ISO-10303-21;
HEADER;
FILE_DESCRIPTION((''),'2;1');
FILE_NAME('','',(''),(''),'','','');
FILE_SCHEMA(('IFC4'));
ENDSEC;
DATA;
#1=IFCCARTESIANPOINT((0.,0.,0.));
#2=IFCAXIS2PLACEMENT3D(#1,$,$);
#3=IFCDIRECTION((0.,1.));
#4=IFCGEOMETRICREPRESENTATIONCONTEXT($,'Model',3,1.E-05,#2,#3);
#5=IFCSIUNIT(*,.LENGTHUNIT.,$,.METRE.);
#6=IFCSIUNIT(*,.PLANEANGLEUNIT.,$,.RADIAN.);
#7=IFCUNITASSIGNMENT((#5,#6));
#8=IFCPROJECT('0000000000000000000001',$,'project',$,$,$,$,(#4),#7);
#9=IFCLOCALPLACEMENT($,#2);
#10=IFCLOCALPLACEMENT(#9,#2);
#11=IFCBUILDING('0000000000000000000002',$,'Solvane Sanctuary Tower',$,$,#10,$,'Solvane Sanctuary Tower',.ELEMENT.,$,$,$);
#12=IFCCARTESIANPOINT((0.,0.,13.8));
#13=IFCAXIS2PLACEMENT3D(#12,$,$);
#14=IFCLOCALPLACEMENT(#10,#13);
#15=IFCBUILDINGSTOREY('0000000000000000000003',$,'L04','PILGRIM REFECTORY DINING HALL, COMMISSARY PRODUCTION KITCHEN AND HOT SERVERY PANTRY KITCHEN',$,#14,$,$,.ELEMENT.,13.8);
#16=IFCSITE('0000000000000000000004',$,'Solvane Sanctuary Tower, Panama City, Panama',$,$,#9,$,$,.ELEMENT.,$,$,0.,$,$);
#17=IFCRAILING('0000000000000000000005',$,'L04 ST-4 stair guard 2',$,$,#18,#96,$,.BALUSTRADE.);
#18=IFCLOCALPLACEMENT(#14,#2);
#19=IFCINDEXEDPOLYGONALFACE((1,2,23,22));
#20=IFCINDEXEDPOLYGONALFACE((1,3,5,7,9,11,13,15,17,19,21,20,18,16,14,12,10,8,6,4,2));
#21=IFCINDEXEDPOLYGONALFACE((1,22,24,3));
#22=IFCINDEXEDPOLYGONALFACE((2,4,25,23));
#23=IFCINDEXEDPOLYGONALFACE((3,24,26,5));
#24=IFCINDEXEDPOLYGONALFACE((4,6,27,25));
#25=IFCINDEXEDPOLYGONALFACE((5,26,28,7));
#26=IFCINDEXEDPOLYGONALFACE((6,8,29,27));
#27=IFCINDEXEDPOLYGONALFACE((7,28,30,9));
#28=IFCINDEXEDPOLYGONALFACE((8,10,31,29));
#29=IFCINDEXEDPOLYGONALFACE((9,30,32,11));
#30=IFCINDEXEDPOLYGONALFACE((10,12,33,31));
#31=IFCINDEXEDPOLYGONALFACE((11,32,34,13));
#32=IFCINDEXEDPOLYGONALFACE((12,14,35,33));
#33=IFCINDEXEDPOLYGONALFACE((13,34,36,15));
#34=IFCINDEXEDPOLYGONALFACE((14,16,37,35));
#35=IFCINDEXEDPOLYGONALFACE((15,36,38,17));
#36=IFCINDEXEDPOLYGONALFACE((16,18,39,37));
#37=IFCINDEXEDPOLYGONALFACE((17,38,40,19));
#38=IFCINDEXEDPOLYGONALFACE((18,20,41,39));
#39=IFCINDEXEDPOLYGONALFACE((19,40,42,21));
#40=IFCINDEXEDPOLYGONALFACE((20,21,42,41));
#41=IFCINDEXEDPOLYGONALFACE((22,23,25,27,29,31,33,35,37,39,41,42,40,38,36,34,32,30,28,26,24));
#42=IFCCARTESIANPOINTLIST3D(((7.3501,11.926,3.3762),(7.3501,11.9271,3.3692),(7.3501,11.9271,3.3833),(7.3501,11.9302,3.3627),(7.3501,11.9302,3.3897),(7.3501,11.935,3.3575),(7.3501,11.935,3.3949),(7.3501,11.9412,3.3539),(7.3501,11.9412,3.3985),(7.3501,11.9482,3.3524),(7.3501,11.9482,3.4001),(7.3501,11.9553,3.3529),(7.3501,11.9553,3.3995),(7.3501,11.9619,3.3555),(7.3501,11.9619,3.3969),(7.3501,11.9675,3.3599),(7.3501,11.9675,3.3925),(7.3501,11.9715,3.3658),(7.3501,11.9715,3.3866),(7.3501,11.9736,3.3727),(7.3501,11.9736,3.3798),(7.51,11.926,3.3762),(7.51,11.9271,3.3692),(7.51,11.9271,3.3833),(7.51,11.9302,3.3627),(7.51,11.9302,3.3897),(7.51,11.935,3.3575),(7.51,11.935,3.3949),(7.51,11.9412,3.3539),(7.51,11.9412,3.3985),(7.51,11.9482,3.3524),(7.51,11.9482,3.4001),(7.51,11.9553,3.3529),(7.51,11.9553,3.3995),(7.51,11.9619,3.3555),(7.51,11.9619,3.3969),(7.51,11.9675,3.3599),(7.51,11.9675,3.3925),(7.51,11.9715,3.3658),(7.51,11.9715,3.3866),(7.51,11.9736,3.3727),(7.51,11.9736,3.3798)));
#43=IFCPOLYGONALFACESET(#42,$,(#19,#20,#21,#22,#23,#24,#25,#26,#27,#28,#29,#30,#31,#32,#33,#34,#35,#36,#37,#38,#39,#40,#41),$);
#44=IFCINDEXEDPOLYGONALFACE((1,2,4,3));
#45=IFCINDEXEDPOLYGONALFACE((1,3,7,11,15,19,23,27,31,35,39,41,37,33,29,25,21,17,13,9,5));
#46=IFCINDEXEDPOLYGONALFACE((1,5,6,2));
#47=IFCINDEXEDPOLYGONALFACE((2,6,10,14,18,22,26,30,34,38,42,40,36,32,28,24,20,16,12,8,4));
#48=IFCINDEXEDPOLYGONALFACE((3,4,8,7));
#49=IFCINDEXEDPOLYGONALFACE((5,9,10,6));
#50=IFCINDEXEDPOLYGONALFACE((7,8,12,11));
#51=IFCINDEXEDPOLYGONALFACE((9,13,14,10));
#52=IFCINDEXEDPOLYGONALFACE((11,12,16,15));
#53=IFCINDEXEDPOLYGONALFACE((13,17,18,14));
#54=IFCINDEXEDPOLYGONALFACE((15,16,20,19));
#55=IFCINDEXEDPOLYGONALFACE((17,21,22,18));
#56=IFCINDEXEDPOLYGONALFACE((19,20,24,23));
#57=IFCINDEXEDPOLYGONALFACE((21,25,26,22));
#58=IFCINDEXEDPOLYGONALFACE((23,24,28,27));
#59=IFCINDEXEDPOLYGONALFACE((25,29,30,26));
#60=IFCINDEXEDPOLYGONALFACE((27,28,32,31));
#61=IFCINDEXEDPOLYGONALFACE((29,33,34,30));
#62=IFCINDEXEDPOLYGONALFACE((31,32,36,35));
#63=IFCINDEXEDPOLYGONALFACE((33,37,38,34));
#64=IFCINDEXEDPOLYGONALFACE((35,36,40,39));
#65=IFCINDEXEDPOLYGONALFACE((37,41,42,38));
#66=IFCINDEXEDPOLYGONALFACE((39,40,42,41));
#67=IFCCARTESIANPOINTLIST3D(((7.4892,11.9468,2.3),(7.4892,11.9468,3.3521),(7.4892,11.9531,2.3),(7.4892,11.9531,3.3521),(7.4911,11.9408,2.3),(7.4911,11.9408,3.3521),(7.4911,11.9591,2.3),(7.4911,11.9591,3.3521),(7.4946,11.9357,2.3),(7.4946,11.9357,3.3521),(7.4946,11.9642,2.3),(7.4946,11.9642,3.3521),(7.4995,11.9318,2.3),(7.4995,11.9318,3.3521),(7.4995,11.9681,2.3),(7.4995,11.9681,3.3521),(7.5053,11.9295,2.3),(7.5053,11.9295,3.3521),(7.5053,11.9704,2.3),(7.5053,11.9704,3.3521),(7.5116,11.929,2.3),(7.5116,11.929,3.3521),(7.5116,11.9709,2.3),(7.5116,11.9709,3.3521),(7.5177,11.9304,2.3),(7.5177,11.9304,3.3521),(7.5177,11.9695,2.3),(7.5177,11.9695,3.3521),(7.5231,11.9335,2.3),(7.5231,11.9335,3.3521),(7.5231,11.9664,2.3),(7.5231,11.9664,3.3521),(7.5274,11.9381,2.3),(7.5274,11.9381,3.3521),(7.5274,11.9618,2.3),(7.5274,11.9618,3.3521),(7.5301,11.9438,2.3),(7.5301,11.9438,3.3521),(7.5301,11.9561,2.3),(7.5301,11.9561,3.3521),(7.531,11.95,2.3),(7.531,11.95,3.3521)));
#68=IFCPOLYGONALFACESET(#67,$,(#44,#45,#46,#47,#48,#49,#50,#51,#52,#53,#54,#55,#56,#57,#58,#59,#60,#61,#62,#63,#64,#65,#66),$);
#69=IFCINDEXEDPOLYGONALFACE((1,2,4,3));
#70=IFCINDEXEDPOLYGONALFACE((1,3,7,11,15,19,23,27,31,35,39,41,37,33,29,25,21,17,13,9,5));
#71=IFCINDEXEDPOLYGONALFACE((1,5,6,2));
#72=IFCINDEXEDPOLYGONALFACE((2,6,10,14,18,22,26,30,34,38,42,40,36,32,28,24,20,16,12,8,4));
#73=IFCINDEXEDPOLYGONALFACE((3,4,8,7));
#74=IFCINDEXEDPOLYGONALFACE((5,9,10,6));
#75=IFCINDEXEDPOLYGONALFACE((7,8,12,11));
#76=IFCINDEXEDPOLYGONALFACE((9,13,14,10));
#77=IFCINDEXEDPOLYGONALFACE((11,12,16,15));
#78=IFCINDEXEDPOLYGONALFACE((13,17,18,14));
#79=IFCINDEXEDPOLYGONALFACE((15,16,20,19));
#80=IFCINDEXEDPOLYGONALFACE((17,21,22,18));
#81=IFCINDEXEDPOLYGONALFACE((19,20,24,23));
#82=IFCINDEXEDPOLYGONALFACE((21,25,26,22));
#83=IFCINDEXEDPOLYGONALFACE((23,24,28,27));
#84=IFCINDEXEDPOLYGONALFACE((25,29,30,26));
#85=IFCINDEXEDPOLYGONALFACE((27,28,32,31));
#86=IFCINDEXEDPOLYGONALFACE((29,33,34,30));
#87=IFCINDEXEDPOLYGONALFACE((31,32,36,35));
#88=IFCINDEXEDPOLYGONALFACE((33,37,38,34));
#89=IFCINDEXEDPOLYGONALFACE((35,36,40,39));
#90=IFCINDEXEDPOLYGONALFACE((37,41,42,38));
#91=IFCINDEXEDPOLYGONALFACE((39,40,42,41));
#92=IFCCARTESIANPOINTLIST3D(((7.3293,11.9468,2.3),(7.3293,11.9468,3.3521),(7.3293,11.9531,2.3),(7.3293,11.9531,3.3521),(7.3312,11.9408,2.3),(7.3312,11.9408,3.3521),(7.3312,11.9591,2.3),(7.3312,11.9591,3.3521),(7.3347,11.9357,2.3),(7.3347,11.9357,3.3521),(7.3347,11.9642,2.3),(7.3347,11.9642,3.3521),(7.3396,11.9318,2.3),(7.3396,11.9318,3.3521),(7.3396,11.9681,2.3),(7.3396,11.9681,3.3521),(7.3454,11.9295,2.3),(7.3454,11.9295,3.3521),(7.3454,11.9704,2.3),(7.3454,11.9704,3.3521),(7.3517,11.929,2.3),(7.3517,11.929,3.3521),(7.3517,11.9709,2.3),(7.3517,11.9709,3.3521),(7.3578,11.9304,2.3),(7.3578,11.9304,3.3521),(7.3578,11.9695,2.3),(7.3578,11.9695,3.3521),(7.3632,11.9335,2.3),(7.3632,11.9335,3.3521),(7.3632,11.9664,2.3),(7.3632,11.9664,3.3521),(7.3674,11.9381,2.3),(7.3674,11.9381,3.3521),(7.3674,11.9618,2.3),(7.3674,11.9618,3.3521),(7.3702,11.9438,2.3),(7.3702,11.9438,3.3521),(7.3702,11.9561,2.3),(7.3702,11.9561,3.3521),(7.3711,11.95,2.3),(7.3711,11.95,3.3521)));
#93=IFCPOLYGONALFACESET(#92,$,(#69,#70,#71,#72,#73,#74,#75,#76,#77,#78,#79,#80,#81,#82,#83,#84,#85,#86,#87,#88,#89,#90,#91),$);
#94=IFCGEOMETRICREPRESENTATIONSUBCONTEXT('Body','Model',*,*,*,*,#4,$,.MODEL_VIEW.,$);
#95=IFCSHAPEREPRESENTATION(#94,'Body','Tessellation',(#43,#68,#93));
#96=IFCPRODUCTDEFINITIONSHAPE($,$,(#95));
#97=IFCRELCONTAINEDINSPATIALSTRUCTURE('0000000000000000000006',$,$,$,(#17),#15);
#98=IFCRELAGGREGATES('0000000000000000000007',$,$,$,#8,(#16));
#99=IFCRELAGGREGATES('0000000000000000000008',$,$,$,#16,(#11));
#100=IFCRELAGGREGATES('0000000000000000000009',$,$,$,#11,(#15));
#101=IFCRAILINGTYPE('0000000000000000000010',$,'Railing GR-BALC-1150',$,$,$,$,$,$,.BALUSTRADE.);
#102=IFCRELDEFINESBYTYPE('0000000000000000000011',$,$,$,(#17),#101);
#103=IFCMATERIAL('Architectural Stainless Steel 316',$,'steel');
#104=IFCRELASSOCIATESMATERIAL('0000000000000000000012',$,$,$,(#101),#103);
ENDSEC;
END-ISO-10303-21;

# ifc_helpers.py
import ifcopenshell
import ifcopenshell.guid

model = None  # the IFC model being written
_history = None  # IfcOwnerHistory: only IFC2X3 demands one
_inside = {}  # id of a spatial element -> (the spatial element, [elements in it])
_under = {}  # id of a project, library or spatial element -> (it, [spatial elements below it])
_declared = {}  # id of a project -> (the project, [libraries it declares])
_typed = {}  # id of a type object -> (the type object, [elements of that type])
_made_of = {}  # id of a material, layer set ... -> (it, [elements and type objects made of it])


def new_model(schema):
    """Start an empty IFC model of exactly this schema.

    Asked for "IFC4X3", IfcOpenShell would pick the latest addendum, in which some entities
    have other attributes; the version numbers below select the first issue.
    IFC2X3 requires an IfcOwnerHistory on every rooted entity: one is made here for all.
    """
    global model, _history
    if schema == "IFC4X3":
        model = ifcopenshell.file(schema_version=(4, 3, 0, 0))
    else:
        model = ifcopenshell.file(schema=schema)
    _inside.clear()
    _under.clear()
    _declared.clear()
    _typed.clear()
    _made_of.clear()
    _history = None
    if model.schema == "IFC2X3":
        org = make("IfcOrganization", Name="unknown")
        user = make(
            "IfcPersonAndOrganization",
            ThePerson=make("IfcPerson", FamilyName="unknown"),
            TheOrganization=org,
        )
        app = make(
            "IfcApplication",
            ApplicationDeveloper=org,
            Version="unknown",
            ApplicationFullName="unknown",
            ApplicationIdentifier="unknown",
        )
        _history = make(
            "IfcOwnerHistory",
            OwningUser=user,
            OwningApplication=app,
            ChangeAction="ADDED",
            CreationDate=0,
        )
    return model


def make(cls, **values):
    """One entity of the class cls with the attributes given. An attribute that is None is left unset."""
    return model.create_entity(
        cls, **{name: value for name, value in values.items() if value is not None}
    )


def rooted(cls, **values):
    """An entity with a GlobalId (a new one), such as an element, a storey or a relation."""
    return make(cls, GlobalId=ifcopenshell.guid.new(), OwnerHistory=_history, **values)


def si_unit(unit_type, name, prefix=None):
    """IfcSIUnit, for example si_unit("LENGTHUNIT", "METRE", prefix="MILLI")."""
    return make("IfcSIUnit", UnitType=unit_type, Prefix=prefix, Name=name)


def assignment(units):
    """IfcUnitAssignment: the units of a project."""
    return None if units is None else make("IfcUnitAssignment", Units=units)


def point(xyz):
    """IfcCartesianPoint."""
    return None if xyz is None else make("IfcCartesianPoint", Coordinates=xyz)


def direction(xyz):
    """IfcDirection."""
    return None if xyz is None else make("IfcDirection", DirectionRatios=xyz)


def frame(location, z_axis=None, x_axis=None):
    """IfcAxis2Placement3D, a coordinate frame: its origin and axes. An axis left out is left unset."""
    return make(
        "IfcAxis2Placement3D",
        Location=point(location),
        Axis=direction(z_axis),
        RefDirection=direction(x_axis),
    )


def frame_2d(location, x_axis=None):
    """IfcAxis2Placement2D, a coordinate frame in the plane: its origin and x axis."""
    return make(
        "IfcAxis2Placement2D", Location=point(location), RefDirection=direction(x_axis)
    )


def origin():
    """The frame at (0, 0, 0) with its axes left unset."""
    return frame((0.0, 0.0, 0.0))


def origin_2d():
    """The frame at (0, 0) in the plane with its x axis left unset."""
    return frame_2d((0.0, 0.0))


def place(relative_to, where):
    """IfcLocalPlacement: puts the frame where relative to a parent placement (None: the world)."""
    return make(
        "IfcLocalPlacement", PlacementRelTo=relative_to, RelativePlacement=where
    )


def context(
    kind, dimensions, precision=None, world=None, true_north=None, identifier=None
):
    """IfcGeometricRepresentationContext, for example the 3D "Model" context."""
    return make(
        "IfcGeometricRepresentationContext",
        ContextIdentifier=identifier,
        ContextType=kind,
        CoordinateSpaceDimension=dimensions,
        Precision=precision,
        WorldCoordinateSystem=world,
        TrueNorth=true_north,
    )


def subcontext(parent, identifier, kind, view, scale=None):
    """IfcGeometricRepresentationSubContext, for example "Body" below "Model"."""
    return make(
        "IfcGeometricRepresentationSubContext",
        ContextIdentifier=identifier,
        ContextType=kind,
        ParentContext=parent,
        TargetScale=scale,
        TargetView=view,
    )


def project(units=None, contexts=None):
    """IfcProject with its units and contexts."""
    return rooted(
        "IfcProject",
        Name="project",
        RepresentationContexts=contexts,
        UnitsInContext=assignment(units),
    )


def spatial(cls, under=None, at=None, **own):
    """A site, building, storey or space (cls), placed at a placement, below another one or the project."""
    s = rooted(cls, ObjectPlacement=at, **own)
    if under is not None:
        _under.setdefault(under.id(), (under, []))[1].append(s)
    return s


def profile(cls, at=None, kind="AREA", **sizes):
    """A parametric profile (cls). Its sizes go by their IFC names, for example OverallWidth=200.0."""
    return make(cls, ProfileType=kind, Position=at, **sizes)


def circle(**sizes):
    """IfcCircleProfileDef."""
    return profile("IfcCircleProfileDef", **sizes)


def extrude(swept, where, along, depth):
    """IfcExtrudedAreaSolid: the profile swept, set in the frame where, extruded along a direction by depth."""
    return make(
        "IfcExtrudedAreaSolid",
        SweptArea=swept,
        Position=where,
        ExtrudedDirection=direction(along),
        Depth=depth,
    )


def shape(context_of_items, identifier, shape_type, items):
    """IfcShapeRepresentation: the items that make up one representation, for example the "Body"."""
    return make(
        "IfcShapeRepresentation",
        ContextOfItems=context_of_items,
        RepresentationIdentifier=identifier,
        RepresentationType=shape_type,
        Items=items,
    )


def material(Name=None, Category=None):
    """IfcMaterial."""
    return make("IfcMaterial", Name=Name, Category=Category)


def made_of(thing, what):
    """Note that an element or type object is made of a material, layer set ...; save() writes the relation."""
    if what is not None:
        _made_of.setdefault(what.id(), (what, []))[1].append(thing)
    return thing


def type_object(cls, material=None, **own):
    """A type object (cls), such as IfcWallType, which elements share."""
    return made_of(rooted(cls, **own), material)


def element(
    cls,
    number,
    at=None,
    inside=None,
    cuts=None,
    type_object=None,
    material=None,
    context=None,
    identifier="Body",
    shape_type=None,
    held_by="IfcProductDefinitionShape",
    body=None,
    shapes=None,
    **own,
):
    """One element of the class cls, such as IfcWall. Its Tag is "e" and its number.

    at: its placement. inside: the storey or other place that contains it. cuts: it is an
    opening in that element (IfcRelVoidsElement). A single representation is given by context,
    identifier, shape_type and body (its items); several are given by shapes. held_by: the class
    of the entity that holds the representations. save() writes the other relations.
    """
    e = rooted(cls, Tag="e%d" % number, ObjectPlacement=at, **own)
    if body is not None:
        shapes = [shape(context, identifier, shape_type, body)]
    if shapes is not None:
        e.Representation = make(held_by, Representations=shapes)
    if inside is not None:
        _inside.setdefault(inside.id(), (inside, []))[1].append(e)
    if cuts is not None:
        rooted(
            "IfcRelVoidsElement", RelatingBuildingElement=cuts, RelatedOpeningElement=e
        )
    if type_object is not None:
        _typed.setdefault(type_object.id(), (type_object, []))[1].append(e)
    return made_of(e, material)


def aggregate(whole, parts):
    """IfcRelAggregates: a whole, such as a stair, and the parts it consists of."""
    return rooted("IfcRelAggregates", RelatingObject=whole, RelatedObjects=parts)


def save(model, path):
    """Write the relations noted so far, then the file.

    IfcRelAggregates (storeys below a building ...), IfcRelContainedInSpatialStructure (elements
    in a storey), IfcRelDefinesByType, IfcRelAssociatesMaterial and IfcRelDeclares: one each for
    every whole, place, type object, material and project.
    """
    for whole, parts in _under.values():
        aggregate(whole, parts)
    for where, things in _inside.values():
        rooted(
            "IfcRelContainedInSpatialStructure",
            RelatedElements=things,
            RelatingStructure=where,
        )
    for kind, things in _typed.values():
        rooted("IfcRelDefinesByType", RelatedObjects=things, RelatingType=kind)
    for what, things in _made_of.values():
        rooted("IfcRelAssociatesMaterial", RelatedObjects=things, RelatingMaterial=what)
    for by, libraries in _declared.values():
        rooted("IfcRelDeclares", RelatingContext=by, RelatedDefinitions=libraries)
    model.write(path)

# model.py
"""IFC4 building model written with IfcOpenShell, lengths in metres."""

from ifc_helpers import new_model, si_unit, direction, frame, origin, origin_2d, place, context, subcontext, project, spatial, circle, extrude, material, type_object, element, save


model = new_model("IFC4")

# Units and contexts
model_context = context("Model", 3, precision=1e-05, world=origin(), true_north=direction((0.0, 1.0)))
body_context = subcontext(model_context, "Body", "Model", "MODEL_VIEW")
ifc_project = project(units=[si_unit("LENGTHUNIT", "METRE"), si_unit("PLANEANGLEUNIT", "RADIAN")], contexts=[model_context])

# Site, building, storey
site_placement = place(None, origin())
site = spatial("IfcSite", under=ifc_project, at=site_placement, Name="Solvane Sanctuary Tower, Panama City, Panama", CompositionType="ELEMENT", RefElevation=0.0)
building_placement = place(site_placement, origin())
building = spatial("IfcBuilding", under=site, at=building_placement, Name="Solvane Sanctuary Tower", LongName="Solvane Sanctuary Tower", CompositionType="ELEMENT")
storey_placement = place(building_placement, frame((0.0, 0.0, 13.8)))
storey = spatial("IfcBuildingStorey", under=building, at=storey_placement, Name="L04", Description="PILGRIM REFECTORY DINING HALL, COMMISSARY PRODUCTION KITCHEN AND HOT SERVERY PANTRY KITCHEN", CompositionType="ELEMENT", Elevation=13.8)

# Shared definitions
ifc_material_1 = material(Name="Architectural Stainless Steel 316", Category="steel")

# Railing
railing_type_1 = type_object("IfcRailingType", Name="Railing GR-BALC-1150", PredefinedType="BALUSTRADE", material=ifc_material_1)
railing_1_placement = place(storey_placement, frame((7.51, 11.95, 2.3)))
element("IfcRailing", 1, at=railing_1_placement, inside=storey, type_object=railing_type_1, Name="L04 ST-4 stair guard 2", PredefinedType="BALUSTRADE", context=body_context, shape_type="SweptSolid", body=[
    extrude(circle(Radius=0.0239, at=origin_2d()), frame((0.0, 0.0, 1.0762), z_axis=(-1.0, 0.0, 0.0), x_axis=(0.0, -1.0, 0.0)), (0.0, 0.0, 1.0), 0.1599),
    extrude(circle(Radius=0.021, at=origin_2d()), origin(), (0.0, 0.0, 1.0), 1.052),
    extrude(circle(Radius=0.021, at=origin_2d()), frame((-0.1599, 0.0, 0.0)), (0.0, 0.0, 1.0), 1.052),
])

save(model, "model.ifc")
